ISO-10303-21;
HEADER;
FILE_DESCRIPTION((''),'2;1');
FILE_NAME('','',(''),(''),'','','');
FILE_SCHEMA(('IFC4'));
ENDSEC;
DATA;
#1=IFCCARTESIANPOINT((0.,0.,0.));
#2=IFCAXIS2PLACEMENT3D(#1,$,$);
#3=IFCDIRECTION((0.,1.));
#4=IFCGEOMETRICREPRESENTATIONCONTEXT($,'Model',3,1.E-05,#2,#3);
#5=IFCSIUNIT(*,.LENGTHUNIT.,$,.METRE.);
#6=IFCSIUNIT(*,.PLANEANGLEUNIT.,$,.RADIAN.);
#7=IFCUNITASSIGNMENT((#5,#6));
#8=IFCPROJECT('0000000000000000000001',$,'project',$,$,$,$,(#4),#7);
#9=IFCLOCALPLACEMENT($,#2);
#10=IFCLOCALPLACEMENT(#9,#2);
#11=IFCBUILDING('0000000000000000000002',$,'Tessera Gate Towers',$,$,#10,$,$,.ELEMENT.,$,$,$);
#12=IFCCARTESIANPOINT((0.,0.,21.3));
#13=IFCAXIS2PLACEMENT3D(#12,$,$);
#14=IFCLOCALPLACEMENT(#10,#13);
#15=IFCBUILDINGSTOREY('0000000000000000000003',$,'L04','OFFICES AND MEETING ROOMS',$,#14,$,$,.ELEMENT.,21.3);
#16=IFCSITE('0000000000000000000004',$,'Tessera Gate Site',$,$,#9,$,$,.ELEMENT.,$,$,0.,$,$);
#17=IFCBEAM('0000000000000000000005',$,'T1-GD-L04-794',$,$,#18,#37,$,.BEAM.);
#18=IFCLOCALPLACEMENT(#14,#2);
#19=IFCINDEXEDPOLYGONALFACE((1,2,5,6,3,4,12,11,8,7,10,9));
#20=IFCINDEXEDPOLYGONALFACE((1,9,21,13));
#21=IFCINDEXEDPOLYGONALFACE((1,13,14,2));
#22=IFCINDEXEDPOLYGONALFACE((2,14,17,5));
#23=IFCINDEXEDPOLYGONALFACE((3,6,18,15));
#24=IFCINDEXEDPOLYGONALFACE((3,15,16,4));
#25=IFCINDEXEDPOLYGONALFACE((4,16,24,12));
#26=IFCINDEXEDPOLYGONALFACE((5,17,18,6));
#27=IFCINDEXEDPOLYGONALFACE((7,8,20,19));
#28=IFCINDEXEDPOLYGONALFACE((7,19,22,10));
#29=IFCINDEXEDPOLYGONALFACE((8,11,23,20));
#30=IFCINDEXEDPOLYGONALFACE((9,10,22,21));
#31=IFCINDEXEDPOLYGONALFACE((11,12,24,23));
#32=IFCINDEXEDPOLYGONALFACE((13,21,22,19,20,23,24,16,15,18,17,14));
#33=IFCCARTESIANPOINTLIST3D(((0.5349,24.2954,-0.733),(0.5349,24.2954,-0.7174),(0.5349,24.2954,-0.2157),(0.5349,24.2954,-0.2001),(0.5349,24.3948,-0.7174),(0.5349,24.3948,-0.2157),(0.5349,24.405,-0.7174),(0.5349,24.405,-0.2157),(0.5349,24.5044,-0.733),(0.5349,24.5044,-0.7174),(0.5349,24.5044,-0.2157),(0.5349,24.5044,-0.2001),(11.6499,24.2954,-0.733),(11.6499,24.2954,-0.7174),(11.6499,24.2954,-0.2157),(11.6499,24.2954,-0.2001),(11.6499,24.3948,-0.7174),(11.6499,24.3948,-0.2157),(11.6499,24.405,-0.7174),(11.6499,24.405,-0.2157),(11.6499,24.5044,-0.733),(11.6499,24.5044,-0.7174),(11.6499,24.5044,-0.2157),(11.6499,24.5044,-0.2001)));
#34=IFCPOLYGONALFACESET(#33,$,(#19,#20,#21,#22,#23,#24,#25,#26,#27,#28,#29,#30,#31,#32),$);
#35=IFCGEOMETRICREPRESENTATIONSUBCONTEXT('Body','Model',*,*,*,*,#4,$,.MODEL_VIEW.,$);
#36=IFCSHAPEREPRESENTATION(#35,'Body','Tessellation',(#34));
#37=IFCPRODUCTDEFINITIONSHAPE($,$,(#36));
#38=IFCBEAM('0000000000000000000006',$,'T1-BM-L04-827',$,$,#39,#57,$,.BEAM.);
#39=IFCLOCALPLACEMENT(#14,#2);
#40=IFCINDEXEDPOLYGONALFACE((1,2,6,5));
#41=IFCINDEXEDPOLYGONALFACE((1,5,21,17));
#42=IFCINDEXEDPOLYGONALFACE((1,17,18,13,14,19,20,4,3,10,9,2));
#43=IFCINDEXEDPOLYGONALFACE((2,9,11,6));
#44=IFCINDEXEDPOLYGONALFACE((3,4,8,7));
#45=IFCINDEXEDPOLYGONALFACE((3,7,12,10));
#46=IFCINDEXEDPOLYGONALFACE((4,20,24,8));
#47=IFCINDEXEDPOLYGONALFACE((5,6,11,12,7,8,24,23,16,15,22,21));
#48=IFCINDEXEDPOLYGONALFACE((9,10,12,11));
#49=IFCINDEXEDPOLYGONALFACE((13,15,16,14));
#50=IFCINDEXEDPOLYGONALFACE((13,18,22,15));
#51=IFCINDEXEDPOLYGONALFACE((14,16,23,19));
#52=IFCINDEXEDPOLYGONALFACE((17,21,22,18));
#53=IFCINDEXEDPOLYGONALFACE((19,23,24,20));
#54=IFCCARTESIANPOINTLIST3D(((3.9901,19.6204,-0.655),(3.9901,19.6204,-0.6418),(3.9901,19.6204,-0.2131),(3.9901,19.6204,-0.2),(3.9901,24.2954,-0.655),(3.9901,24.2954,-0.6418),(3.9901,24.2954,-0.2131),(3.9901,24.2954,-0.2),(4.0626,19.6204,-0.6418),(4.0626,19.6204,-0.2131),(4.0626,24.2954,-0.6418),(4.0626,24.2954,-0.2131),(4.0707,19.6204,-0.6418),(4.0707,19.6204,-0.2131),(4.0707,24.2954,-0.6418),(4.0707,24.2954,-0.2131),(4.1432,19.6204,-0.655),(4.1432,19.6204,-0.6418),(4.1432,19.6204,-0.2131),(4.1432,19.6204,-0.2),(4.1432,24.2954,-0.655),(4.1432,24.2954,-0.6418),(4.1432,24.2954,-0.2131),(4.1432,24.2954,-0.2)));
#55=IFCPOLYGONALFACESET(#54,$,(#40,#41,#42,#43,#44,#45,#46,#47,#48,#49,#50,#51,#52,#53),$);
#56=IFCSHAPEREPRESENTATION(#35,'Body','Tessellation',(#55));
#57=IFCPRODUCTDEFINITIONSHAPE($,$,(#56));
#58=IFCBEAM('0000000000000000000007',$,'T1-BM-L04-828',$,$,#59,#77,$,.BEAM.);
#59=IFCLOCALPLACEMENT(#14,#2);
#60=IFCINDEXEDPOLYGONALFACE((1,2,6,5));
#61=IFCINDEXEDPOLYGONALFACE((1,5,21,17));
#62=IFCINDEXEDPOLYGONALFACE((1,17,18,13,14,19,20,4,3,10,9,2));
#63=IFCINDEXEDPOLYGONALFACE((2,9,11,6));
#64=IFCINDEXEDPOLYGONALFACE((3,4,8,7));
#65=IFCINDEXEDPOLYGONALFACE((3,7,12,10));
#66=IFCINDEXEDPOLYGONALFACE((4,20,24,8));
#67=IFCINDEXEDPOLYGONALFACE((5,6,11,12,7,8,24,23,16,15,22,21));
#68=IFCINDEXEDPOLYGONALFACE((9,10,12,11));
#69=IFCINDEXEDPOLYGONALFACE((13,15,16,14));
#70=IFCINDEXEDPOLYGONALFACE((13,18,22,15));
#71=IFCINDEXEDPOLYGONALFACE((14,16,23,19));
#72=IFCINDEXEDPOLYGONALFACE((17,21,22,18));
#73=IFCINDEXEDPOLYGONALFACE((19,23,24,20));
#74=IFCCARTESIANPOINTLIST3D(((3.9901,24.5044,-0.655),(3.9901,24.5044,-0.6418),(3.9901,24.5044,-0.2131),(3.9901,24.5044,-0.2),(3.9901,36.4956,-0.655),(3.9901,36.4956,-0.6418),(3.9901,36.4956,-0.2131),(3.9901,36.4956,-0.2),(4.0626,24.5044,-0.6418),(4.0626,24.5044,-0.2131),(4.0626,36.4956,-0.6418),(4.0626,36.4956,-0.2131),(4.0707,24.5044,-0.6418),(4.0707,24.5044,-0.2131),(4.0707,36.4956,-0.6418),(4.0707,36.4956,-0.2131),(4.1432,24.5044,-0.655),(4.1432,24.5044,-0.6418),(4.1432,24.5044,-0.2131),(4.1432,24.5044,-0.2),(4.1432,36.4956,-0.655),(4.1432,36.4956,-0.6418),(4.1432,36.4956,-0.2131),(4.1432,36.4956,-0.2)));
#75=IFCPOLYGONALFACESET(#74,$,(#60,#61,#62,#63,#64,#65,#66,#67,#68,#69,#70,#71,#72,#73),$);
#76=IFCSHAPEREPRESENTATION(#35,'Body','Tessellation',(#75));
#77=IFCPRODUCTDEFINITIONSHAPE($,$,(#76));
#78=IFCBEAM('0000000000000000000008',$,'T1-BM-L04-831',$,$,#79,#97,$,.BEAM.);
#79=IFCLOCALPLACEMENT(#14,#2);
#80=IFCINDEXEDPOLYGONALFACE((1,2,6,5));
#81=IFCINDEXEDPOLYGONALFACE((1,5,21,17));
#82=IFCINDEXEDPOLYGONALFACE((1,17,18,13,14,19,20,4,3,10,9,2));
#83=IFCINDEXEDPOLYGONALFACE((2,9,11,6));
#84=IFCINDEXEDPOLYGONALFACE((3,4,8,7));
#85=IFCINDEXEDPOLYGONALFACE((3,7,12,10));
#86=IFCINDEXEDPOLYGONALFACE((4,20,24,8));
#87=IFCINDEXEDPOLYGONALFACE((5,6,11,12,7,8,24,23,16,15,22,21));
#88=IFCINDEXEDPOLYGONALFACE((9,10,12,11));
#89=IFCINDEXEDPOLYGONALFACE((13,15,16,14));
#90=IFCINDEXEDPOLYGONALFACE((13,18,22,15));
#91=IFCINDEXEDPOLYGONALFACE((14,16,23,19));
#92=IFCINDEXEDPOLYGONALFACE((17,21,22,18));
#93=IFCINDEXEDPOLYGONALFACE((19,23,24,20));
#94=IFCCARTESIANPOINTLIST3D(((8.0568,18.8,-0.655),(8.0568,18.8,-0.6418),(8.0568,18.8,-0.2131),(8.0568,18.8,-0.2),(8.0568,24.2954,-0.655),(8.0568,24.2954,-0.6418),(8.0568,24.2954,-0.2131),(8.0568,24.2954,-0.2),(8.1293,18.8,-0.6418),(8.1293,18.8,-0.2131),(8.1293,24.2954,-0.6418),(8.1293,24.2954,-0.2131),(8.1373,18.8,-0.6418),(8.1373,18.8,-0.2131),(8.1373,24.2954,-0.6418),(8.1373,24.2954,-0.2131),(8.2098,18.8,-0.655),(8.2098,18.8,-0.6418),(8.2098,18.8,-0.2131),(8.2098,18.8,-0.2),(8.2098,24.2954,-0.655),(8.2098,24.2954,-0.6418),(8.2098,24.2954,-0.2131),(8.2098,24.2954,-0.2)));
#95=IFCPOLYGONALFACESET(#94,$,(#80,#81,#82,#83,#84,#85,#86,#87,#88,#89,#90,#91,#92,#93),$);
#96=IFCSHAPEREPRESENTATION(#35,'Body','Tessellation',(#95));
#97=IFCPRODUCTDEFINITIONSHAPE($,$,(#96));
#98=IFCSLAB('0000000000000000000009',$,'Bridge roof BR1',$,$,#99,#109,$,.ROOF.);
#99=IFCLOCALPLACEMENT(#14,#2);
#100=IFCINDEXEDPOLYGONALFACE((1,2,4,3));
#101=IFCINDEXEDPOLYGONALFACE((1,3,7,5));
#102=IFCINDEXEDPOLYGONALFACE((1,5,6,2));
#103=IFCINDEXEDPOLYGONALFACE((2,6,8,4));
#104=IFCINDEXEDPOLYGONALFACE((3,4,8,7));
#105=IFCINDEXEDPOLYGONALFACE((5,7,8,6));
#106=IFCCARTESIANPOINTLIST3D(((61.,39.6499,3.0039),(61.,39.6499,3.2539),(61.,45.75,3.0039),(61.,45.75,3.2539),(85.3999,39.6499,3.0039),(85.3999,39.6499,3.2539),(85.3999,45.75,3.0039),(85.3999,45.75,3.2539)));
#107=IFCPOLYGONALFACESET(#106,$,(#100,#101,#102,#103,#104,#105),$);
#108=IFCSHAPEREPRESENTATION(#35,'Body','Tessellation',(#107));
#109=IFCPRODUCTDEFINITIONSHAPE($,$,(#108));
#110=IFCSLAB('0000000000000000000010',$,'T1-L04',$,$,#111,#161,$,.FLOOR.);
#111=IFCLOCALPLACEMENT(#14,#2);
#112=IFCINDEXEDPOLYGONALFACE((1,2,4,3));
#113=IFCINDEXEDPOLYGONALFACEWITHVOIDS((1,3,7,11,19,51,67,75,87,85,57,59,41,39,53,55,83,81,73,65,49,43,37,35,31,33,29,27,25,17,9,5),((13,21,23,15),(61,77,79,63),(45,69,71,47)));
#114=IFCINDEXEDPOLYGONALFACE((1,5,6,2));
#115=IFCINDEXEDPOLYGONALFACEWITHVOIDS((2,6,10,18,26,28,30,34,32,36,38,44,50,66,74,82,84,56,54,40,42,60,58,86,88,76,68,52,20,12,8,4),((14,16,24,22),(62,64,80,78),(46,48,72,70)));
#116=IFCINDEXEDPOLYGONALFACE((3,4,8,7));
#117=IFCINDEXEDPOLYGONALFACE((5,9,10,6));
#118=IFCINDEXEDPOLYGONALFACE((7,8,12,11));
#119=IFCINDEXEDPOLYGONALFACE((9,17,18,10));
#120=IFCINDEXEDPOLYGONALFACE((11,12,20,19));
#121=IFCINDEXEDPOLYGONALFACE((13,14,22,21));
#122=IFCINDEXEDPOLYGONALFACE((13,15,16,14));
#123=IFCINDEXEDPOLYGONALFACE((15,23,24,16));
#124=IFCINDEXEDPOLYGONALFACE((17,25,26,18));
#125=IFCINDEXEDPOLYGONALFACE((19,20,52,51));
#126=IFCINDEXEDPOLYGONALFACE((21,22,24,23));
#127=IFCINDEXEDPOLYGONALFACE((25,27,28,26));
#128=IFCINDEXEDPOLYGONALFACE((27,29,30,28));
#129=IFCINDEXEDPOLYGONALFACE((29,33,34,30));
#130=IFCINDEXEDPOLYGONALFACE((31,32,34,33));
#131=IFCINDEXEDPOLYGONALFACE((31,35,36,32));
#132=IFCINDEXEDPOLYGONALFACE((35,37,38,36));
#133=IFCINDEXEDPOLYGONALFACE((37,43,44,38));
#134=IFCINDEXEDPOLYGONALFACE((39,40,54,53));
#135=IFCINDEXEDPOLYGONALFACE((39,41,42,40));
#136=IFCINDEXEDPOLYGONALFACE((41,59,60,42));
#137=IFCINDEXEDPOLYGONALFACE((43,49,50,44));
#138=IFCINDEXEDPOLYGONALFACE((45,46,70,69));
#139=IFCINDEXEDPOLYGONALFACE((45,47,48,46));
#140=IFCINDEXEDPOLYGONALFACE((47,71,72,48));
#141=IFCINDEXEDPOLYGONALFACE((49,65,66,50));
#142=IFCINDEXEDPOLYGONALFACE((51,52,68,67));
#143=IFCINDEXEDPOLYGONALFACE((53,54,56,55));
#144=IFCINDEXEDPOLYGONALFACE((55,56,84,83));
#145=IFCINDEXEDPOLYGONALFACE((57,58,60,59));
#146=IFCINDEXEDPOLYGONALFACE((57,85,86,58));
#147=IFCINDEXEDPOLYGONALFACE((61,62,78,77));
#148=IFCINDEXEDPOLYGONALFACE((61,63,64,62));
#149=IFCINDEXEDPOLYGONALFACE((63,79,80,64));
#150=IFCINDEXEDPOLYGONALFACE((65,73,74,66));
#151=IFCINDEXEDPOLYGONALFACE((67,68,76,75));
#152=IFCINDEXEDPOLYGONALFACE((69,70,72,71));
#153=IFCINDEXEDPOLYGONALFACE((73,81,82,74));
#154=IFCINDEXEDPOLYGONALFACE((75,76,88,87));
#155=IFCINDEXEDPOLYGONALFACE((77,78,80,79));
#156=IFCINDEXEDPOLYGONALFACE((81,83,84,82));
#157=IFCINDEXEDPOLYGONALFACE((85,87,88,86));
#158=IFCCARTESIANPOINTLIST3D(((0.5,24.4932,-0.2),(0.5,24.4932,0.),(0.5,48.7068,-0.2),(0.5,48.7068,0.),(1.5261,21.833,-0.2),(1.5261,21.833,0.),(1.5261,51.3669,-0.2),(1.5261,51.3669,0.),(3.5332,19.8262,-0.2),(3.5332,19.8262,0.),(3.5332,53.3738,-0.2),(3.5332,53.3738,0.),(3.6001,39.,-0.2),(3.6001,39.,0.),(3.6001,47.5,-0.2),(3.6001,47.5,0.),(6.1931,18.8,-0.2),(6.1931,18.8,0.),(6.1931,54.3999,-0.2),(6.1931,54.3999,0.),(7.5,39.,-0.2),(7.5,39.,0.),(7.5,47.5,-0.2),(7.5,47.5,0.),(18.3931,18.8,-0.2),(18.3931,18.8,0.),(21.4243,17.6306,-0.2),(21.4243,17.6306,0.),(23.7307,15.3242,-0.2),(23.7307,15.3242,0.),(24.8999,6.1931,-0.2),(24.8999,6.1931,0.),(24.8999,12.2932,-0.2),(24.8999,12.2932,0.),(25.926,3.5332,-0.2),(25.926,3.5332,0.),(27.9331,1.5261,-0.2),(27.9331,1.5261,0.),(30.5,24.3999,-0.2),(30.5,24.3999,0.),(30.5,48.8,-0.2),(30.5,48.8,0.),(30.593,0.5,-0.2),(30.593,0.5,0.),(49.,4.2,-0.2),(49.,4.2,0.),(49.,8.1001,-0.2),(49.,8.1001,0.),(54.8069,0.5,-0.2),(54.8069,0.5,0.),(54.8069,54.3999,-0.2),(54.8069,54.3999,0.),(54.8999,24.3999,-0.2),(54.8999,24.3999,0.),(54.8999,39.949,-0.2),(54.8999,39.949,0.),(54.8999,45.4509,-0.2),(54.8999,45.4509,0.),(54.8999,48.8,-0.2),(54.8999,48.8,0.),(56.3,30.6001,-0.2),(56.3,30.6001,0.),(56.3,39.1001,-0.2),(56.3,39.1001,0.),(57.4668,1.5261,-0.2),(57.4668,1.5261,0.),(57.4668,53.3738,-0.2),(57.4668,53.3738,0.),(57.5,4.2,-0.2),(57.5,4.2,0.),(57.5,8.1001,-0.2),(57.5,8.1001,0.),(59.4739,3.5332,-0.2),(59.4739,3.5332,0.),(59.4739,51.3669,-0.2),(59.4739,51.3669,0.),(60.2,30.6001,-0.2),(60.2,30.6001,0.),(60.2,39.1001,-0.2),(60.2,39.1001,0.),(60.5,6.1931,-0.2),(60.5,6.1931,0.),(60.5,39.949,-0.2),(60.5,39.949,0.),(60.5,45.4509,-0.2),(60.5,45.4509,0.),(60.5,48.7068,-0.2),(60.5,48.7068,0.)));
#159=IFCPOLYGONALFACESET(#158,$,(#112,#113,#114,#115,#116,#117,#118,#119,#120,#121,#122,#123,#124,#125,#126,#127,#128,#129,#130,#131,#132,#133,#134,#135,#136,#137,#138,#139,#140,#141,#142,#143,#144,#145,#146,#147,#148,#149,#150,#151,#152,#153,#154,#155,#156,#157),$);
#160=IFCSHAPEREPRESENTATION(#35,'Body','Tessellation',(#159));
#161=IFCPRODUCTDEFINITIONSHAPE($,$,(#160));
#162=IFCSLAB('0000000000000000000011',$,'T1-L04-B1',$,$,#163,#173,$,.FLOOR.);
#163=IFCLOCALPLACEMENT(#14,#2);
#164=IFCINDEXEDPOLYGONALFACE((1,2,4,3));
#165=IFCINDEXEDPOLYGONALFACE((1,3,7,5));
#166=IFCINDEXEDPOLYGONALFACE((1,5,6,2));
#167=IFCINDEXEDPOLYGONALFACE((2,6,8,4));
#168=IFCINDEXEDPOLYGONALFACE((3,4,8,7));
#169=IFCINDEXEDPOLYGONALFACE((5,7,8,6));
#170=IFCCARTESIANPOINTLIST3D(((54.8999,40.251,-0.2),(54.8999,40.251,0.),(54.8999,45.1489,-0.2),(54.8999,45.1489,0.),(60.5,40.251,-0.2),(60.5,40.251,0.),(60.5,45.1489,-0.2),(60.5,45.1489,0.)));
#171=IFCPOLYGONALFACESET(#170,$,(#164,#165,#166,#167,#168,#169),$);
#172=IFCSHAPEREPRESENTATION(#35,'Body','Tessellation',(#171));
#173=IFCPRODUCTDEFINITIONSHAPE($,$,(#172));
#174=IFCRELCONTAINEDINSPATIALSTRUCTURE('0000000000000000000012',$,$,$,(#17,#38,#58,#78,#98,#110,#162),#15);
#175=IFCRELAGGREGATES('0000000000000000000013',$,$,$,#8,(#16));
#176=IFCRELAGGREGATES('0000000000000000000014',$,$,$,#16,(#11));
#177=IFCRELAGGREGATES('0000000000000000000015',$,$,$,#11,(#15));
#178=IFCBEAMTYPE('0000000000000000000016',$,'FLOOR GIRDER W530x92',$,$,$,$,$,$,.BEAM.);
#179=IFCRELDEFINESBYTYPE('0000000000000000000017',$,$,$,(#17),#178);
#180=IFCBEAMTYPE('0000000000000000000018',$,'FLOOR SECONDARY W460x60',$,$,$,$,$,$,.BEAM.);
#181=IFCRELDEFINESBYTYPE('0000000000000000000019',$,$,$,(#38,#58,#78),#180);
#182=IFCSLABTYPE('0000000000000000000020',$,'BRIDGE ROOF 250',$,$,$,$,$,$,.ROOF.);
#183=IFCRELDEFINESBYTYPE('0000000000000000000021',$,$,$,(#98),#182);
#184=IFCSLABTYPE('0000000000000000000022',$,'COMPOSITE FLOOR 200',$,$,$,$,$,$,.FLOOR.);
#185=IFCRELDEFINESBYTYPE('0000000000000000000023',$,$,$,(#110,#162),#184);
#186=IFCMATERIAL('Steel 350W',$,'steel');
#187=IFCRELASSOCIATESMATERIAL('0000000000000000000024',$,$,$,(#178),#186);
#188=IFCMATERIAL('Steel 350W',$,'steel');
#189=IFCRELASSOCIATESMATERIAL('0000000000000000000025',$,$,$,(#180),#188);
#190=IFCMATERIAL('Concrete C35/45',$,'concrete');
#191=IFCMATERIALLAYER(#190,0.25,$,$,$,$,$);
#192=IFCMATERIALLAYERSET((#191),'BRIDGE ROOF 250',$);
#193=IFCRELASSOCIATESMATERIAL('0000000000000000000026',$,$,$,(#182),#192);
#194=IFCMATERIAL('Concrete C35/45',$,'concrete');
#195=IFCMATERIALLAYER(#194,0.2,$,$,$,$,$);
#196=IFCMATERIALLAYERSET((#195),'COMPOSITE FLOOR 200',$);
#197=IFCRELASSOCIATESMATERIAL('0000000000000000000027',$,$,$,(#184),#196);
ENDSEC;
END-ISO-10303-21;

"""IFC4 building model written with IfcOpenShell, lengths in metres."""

from ifc_helpers import new_model, si_unit, direction, frame, origin, origin_2d, place, context, subcontext, project, spatial, polyline, i_section, outline, extrude, material, layer, layer_set, material_profile, profile_set, type_object, element, save


model = new_model("IFC4")

# Units and contexts
model_context = context("Model", 3, precision=1e-05, world=origin(), true_north=direction((0.0, 1.0)))
body_context = subcontext(model_context, "Body", "Model", "MODEL_VIEW")
ifc_project = project(units=[si_unit("LENGTHUNIT", "METRE"), si_unit("PLANEANGLEUNIT", "RADIAN")], contexts=[model_context])

# Site, building, storey
site_placement = place(None, origin())
site = spatial("IfcSite", under=ifc_project, at=site_placement, Name="Tessera Gate Site", CompositionType="ELEMENT", RefElevation=0.0)
building_placement = place(site_placement, origin())
building = spatial("IfcBuilding", under=site, at=building_placement, Name="Tessera Gate Towers", CompositionType="ELEMENT")
storey_placement = place(building_placement, frame((0.0, 0.0, 21.3)))
storey = spatial("IfcBuildingStorey", under=building, at=storey_placement, Name="L04", Description="OFFICES AND MEETING ROOMS", CompositionType="ELEMENT", Elevation=21.3)

# Beams
ifc_material_1 = material(Name="Steel 350W", Category="steel")
ifc_material_profile_1 = material_profile(ifc_material_1, i_section(OverallWidth=0.209, OverallDepth=0.533, WebThickness=0.0103, FlangeThickness=0.0156, at=origin_2d()), Name="W530x92")
ifc_profile_set_1 = profile_set([ifc_material_profile_1], Name="Steel 350W")
beam_type_1 = type_object("IfcBeamType", Name="FLOOR GIRDER W530x92", PredefinedType="BEAM", material=ifc_profile_set_1)
beam_1_placement = place(storey_placement, frame((0.5349, 24.3999, -0.4666), z_axis=(1.0, 0.0, 0.0), x_axis=(0.0, 1.0, 0.0)))
element("IfcBeam", 1, at=beam_1_placement, inside=storey, type_object=beam_type_1, Name="T1-GD-L04-794", PredefinedType="BEAM", context=body_context, shape_type="SweptSolid", body=[
    extrude(i_section(OverallWidth=0.209, OverallDepth=0.533, WebThickness=0.0103, FlangeThickness=0.0156, at=origin_2d()), origin(), (0.0, 0.0, 1.0), 11.115),
])
ifc_material_2 = material(Name="Steel 350W", Category="steel")
ifc_material_profile_2 = material_profile(ifc_material_2, i_section(OverallWidth=0.1531, OverallDepth=0.4551, WebThickness=0.0081, FlangeThickness=0.0132, at=origin_2d()), Name="W460x60")
ifc_profile_set_2 = profile_set([ifc_material_profile_2], Name="Steel 350W")
beam_type_2 = type_object("IfcBeamType", Name="FLOOR SECONDARY W460x60", PredefinedType="BEAM", material=ifc_profile_set_2)
beam_2_placement = place(storey_placement, frame((4.0667, 19.6204, -0.4275), z_axis=(0.0, 1.0, 0.0), x_axis=(-1.0, 0.0, 0.0)))
element("IfcBeam", 2, at=beam_2_placement, inside=storey, type_object=beam_type_2, Name="T1-BM-L04-827", PredefinedType="BEAM", context=body_context, shape_type="SweptSolid", body=[
    extrude(i_section(OverallWidth=0.1531, OverallDepth=0.4551, WebThickness=0.0081, FlangeThickness=0.0132, at=origin_2d()), origin(), (0.0, 0.0, 1.0), 4.675),
])
beam_3_placement = place(storey_placement, frame((4.0667, 24.5044, -0.4275), z_axis=(0.0, 1.0, 0.0), x_axis=(-1.0, 0.0, 0.0)))
element("IfcBeam", 3, at=beam_3_placement, inside=storey, type_object=beam_type_2, Name="T1-BM-L04-828", PredefinedType="BEAM", context=body_context, shape_type="SweptSolid", body=[
    extrude(i_section(OverallWidth=0.1531, OverallDepth=0.4551, WebThickness=0.0081, FlangeThickness=0.0132, at=origin_2d()), origin(), (0.0, 0.0, 1.0), 11.9912),
])
beam_4_placement = place(storey_placement, frame((8.1333, 18.8, -0.4275), z_axis=(0.0, 1.0, 0.0), x_axis=(-1.0, 0.0, 0.0)))
element("IfcBeam", 4, at=beam_4_placement, inside=storey, type_object=beam_type_2, Name="T1-BM-L04-831", PredefinedType="BEAM", context=body_context, shape_type="SweptSolid", body=[
    extrude(i_section(OverallWidth=0.1531, OverallDepth=0.4551, WebThickness=0.0081, FlangeThickness=0.0132, at=origin_2d()), origin(), (0.0, 0.0, 1.0), 5.4954),
])

# Slabs
ifc_material_3 = material(Name="Concrete C35/45", Category="concrete")
ifc_layer_1 = layer(ifc_material_3, 0.25)
ifc_layer_set_1 = layer_set([ifc_layer_1], Name="BRIDGE ROOF 250")
slab_type_1 = type_object("IfcSlabType", Name="BRIDGE ROOF 250", PredefinedType="ROOF", material=ifc_layer_set_1)
slab_1_placement = place(storey_placement, frame((0.0, 0.0, 3.0039)))
element("IfcSlab", 5, at=slab_1_placement, inside=storey, type_object=slab_type_1, Name="Bridge roof BR1", PredefinedType="ROOF", context=body_context, shape_type="SweptSolid", body=[
    extrude(outline(polyline([(61.0, 39.6499), (85.3999, 39.6499), (85.3999, 45.75), (61.0, 45.75), (61.0, 39.6499)])), origin(), (0.0, 0.0, 1.0), 0.25),
])
ifc_material_4 = material(Name="Concrete C35/45", Category="concrete")
ifc_layer_2 = layer(ifc_material_4, 0.2)
ifc_layer_set_2 = layer_set([ifc_layer_2], Name="COMPOSITE FLOOR 200")
slab_type_2 = type_object("IfcSlabType", Name="COMPOSITE FLOOR 200", PredefinedType="FLOOR", material=ifc_layer_set_2)
slab_2_placement = place(storey_placement, frame((0.0, 0.0, -0.2)))
element("IfcSlab", 6, at=slab_2_placement, inside=storey, type_object=slab_type_2, Name="T1-L04", PredefinedType="FLOOR", context=body_context, shape_type="SweptSolid", body=[
    extrude(outline(polyline([(0.5, 24.4932), (1.5261, 21.833), (3.5332, 19.8262), (6.1931, 18.8), (18.3931, 18.8), (21.4243, 17.6306), (23.7307, 15.3242), (24.8999, 12.2932), (24.8999, 6.1931), (25.926, 3.5332), (27.9331, 1.5261), (30.593, 0.5), (54.8069, 0.5), (57.4668, 1.5261), (59.4739, 3.5332), (60.5, 6.1931), (60.5, 39.949), (54.8999, 39.949), (54.8999, 24.3999), (30.5, 24.3999), (30.5, 48.8), (54.8999, 48.8), (54.8999, 45.4509), (60.5, 45.4509), (60.5, 48.7068), (59.4739, 51.3669), (57.4668, 53.3738), (54.8069, 54.3999), (6.1931, 54.3999), (3.5332, 53.3738), (1.5261, 51.3669), (0.5, 48.7068), (0.5, 24.4932)]), holes=[polyline([(3.6001, 39.0), (3.6001, 47.5), (7.5, 47.5), (7.5, 39.0), (3.6001, 39.0)]), polyline([(49.0, 4.2), (49.0, 8.1001), (57.5, 8.1001), (57.5, 4.2), (49.0, 4.2)]), polyline([(56.3, 30.6001), (56.3, 39.1001), (60.2, 39.1001), (60.2, 30.6001), (56.3, 30.6001)])]), origin(), (0.0, 0.0, 1.0), 0.2),
])
slab_3_placement = place(storey_placement, frame((0.0, 0.0, -0.2)))
element("IfcSlab", 7, at=slab_3_placement, inside=storey, type_object=slab_type_2, Name="T1-L04-B1", PredefinedType="FLOOR", context=body_context, shape_type="SweptSolid", body=[
    extrude(outline(polyline([(54.8999, 40.251), (60.5, 40.251), (60.5, 45.1489), (54.8999, 45.1489), (54.8999, 40.251)])), origin(), (0.0, 0.0, 1.0), 0.2),
])

save(model, "model.ifc")
